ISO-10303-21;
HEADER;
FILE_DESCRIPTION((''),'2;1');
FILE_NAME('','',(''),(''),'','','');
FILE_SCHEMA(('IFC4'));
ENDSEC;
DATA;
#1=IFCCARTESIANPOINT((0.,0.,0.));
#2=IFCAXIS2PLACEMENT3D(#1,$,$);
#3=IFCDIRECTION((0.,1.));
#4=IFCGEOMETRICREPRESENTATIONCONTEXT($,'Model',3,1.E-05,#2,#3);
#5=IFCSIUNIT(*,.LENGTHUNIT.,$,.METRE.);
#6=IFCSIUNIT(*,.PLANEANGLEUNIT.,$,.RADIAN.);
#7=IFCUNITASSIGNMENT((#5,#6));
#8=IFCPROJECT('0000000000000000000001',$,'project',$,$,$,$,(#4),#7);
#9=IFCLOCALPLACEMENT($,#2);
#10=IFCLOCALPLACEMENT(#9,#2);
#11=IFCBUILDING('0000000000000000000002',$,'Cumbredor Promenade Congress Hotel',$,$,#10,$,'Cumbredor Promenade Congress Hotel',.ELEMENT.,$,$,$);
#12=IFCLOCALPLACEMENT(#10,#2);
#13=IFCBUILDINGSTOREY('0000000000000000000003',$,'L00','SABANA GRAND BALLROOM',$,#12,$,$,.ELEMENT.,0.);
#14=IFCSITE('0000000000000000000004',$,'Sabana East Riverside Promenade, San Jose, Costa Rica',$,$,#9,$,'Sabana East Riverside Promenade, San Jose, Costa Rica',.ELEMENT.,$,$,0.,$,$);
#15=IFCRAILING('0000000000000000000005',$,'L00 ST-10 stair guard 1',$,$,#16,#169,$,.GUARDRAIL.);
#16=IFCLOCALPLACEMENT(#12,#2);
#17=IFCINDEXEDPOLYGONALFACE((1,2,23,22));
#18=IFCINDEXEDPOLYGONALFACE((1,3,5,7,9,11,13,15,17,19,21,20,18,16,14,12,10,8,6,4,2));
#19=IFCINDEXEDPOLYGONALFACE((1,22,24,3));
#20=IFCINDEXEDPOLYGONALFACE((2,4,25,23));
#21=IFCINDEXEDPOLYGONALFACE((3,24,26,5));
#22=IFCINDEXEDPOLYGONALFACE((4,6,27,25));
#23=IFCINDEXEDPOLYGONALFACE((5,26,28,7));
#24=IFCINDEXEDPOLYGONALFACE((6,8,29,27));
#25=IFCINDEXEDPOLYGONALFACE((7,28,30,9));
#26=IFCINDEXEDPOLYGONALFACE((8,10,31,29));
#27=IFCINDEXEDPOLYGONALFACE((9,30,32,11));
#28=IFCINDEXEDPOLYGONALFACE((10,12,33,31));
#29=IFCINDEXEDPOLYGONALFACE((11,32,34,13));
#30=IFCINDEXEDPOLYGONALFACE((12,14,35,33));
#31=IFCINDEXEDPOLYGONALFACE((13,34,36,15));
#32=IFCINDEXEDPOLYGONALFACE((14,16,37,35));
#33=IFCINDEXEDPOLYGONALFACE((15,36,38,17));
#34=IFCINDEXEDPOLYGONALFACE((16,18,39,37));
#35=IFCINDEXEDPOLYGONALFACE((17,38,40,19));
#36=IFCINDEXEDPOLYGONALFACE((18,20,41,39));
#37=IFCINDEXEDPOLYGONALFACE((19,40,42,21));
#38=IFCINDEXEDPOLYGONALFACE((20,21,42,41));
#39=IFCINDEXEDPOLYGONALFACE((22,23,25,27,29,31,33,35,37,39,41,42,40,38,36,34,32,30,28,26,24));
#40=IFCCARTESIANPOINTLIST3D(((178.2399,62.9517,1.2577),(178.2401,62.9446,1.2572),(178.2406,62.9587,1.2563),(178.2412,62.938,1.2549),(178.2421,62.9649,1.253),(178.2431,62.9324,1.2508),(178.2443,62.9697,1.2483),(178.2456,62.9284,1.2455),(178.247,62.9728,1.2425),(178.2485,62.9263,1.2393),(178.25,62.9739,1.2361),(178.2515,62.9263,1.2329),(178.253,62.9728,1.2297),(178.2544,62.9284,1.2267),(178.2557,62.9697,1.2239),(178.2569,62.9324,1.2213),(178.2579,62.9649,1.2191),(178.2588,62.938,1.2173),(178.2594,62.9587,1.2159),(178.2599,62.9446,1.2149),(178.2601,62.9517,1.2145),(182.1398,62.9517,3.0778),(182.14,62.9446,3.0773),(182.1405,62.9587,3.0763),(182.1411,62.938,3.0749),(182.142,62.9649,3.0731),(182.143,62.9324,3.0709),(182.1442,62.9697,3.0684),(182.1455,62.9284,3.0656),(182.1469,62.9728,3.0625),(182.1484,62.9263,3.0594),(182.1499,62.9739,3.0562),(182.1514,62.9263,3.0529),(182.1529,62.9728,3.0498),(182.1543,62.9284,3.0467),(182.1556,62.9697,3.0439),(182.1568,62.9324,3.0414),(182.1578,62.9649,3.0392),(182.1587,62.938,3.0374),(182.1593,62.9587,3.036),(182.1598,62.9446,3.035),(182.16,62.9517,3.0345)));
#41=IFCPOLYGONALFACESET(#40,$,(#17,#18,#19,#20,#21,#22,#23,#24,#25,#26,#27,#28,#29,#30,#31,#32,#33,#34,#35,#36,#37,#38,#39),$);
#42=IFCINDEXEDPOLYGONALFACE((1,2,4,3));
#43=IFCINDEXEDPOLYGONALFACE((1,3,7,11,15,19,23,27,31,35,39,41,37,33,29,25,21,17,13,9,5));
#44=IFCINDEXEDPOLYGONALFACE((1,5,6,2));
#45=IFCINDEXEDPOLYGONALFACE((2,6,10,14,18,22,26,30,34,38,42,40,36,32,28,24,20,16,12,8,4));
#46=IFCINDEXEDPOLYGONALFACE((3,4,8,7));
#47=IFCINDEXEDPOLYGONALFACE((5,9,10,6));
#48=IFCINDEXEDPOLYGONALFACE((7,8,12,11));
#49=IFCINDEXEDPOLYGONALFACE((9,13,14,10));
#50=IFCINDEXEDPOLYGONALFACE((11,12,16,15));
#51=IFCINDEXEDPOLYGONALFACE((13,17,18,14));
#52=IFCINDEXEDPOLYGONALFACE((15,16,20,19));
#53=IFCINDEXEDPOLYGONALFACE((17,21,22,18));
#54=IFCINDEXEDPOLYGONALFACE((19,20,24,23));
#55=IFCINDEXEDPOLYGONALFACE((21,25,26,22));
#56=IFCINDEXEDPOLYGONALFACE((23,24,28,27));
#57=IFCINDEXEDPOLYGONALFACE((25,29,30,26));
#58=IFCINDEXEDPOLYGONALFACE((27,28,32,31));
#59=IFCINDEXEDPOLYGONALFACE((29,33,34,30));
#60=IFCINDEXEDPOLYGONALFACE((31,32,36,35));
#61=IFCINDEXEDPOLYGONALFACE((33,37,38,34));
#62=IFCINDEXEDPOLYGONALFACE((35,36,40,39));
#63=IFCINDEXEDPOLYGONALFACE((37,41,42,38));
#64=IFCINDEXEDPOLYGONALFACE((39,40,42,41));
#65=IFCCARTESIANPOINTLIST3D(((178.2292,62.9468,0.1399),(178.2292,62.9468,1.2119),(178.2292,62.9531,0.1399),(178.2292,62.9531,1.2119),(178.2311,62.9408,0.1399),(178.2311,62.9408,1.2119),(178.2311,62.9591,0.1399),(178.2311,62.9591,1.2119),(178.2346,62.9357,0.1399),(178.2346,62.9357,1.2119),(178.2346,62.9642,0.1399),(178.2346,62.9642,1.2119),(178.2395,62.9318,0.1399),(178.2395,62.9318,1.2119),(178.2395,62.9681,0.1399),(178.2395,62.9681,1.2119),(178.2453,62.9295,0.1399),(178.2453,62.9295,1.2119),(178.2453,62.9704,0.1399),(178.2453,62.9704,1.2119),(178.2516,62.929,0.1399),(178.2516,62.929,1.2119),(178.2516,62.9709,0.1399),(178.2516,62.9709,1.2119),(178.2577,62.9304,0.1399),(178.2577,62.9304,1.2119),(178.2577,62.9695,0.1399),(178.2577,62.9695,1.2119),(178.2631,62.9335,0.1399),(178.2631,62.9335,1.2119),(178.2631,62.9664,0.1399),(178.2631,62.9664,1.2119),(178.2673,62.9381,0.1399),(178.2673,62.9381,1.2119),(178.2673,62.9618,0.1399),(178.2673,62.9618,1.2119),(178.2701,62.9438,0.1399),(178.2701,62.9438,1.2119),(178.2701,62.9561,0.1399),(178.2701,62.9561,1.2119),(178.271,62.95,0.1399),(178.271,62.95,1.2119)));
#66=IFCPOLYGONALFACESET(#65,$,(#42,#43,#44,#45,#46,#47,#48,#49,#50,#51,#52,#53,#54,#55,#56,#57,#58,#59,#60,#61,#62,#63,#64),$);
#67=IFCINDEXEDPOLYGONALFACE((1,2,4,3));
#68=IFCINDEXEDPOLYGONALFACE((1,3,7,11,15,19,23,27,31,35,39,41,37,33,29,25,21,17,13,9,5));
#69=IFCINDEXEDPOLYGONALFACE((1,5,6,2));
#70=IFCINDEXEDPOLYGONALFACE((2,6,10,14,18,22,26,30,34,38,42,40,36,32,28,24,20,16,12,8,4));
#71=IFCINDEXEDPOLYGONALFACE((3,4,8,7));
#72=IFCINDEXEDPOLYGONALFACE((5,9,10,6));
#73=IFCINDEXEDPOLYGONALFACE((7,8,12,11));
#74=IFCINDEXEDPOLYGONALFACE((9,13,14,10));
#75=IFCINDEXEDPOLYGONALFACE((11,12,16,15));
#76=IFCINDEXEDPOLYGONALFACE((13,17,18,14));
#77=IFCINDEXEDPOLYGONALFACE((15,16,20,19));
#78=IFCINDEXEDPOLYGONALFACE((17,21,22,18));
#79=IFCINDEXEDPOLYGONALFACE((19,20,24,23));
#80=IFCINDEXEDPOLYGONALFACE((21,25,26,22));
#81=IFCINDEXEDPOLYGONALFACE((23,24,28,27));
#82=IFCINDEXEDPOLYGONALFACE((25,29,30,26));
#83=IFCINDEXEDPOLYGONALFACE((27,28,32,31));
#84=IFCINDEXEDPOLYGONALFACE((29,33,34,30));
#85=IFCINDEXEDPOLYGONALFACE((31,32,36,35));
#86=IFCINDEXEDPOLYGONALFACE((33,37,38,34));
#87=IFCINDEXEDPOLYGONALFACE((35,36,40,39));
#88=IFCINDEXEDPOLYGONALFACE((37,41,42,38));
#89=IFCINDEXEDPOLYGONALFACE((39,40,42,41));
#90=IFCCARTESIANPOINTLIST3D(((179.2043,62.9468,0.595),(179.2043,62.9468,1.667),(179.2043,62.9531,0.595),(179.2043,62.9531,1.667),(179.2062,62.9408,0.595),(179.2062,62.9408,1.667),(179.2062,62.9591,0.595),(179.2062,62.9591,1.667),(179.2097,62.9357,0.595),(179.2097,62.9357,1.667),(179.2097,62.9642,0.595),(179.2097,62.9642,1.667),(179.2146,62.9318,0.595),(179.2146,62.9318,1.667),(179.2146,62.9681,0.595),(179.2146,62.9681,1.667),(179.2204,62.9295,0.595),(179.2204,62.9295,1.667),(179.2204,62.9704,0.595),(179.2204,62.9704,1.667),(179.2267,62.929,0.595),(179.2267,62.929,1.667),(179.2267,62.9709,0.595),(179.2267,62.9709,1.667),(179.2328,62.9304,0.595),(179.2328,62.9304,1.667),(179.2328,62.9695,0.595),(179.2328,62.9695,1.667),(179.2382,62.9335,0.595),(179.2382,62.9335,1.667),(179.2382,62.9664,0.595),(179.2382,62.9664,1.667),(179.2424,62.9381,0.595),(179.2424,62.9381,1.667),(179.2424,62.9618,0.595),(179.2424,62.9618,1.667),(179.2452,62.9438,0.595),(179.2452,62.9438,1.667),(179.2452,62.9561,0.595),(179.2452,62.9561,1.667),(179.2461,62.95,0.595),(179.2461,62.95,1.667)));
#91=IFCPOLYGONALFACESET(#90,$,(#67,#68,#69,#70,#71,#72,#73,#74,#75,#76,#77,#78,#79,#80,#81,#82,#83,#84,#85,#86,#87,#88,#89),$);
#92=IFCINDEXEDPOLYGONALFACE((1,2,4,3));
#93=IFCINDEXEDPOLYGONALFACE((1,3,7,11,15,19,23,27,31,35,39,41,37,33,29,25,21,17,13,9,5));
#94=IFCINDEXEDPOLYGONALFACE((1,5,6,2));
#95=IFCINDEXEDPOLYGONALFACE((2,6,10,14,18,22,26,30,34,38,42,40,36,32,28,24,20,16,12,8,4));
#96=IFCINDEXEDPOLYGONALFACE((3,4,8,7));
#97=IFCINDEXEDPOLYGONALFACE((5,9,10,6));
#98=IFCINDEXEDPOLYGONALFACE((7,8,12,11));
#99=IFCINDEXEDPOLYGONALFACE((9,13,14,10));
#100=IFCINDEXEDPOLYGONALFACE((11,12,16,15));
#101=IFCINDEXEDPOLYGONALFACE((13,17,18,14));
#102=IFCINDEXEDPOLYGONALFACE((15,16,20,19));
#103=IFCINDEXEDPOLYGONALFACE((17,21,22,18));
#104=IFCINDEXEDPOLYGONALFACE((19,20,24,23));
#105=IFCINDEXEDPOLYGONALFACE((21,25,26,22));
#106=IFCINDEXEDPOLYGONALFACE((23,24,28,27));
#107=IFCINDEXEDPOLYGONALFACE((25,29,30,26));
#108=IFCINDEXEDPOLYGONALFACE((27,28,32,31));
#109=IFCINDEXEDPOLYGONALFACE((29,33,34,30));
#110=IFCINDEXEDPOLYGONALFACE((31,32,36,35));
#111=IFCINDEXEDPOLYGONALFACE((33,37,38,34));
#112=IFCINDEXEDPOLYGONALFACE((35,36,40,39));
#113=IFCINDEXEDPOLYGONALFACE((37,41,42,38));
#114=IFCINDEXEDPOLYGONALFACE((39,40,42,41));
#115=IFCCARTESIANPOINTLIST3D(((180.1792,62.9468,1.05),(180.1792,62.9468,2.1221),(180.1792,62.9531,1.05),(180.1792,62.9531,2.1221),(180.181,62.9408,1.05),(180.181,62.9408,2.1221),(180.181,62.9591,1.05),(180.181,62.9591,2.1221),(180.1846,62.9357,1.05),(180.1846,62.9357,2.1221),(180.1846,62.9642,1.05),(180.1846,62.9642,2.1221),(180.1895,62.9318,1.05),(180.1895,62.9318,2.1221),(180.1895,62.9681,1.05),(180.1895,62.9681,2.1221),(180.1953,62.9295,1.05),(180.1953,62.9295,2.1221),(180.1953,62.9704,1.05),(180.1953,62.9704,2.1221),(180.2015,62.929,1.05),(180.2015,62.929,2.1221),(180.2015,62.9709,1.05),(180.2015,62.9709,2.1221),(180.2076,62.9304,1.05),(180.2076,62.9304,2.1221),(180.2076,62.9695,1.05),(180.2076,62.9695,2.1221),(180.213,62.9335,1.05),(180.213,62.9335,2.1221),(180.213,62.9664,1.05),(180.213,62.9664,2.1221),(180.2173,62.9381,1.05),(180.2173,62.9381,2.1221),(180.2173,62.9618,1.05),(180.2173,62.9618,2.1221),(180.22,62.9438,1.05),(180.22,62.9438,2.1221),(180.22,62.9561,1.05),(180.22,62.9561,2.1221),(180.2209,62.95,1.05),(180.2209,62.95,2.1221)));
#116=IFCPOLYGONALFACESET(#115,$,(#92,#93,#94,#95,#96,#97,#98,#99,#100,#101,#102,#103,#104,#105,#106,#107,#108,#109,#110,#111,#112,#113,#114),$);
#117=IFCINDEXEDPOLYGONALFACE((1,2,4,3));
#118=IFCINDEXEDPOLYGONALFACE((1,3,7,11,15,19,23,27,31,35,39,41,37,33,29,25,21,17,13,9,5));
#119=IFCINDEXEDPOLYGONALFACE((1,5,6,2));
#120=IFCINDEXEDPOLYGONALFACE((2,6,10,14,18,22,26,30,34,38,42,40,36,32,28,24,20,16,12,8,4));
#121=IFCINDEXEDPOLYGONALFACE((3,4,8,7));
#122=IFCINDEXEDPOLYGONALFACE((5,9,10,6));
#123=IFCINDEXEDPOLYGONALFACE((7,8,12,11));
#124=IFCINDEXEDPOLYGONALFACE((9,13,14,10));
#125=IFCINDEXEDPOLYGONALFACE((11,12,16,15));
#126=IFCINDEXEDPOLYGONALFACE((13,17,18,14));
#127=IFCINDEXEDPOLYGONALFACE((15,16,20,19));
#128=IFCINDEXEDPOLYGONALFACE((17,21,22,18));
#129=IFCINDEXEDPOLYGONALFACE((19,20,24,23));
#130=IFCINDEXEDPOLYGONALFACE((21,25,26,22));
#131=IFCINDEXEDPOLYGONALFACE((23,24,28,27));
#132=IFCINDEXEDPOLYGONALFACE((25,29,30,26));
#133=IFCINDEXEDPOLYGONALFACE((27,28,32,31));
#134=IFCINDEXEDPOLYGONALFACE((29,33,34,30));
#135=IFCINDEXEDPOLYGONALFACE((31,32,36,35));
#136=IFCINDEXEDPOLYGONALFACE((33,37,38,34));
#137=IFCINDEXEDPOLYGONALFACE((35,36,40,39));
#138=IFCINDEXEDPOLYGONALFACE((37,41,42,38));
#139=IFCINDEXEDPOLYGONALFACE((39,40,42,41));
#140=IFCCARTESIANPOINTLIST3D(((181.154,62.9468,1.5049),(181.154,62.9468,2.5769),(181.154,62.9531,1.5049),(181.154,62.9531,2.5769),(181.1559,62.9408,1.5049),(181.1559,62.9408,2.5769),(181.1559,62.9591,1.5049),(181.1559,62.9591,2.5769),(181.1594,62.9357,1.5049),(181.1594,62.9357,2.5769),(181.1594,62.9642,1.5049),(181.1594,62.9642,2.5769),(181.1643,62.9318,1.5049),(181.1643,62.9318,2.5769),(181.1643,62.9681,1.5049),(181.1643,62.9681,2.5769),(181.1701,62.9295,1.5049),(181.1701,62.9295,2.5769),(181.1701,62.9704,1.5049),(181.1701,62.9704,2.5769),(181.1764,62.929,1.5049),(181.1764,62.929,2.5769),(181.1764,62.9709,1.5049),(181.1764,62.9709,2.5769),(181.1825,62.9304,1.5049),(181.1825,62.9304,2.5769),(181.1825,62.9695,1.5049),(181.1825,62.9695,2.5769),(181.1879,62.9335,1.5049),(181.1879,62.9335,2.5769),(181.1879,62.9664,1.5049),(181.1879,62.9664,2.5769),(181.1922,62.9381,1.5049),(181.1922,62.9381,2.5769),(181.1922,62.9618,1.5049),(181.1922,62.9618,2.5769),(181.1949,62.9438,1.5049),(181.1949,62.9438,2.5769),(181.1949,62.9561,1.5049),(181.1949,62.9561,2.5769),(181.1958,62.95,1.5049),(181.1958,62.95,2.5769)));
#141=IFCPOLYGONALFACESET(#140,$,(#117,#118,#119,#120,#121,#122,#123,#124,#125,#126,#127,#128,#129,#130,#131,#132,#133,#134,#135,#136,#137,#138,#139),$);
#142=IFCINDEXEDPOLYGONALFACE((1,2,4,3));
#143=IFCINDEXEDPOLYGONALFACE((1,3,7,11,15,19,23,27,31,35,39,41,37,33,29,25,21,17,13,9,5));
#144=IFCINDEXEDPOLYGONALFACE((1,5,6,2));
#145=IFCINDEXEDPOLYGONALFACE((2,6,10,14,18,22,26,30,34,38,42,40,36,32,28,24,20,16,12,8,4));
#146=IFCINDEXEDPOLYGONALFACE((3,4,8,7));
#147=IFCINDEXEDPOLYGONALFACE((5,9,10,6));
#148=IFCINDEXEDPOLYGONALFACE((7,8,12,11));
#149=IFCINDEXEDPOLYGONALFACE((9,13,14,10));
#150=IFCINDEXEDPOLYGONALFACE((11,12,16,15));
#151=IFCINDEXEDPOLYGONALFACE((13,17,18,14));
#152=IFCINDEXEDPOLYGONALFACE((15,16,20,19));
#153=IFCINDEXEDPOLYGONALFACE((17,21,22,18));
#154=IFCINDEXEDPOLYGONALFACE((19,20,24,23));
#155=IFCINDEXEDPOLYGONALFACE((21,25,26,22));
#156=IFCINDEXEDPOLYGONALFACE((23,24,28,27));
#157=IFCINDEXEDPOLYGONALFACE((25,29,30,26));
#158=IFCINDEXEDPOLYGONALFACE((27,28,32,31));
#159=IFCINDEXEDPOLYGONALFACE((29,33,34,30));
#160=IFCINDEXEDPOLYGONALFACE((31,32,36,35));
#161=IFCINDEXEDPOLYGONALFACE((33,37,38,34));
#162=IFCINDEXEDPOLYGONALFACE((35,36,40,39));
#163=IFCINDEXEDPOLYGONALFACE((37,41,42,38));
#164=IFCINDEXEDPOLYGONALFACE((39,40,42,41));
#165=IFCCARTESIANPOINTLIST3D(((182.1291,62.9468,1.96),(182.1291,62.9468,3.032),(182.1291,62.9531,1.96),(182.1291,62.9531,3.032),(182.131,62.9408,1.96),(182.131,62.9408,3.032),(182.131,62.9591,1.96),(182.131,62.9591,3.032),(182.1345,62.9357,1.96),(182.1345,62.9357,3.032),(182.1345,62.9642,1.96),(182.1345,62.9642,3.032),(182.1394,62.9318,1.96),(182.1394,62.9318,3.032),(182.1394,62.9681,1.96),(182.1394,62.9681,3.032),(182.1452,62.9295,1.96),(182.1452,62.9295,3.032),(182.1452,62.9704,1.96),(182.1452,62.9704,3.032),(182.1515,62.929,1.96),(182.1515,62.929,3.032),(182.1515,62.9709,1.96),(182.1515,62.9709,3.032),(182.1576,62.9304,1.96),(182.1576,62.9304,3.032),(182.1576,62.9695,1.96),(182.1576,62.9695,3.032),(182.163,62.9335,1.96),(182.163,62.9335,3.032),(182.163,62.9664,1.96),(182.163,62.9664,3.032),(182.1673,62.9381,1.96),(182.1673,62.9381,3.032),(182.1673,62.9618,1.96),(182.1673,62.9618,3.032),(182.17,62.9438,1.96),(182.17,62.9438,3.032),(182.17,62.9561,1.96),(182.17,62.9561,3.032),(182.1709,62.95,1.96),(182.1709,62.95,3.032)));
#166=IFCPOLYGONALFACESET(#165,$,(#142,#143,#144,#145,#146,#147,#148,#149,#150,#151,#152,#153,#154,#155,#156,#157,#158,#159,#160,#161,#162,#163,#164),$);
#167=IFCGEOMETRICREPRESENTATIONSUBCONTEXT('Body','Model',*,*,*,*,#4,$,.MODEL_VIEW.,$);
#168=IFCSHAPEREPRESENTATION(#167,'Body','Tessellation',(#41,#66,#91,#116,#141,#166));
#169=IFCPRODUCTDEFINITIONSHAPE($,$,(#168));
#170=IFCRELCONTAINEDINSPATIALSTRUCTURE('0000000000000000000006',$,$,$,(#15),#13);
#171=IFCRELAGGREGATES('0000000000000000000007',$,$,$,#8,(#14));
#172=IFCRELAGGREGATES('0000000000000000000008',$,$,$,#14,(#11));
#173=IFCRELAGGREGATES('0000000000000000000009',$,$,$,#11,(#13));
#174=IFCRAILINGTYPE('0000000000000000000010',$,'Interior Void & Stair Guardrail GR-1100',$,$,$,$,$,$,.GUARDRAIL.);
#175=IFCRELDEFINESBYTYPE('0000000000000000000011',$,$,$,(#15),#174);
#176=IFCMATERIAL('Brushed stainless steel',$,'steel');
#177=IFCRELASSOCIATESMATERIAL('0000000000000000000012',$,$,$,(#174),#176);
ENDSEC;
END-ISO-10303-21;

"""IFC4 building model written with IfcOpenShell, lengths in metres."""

from ifc_helpers import new_model, si_unit, direction, frame, origin, origin_2d, place, context, subcontext, project, spatial, circle, extrude, material, type_object, element, save


model = new_model("IFC4")

# Units and contexts
model_context = context("Model", 3, precision=1e-05, world=origin(), true_north=direction((0.0, 1.0)))
body_context = subcontext(model_context, "Body", "Model", "MODEL_VIEW")
ifc_project = project(units=[si_unit("LENGTHUNIT", "METRE"), si_unit("PLANEANGLEUNIT", "RADIAN")], contexts=[model_context])

# Site, building, storey
site_placement = place(None, origin())
site = spatial("IfcSite", under=ifc_project, at=site_placement, Name="Sabana East Riverside Promenade, San Jose, Costa Rica", LongName="Sabana East Riverside Promenade, San Jose, Costa Rica", CompositionType="ELEMENT", RefElevation=0.0)
building_placement = place(site_placement, origin())
building = spatial("IfcBuilding", under=site, at=building_placement, Name="Cumbredor Promenade Congress Hotel", LongName="Cumbredor Promenade Congress Hotel", CompositionType="ELEMENT")
storey_placement = place(building_placement, origin())
storey = spatial("IfcBuildingStorey", under=building, at=storey_placement, Name="L00", Description="SABANA GRAND BALLROOM", CompositionType="ELEMENT", Elevation=0.0)

# Railing
ifc_material_1 = material(Name="Brushed stainless steel", Category="steel")
railing_type_1 = type_object("IfcRailingType", Name="Interior Void & Stair Guardrail GR-1100", PredefinedType="GUARDRAIL", material=ifc_material_1)
railing_1_placement = place(storey_placement, frame((178.25, 62.95, 0.1399)))
element("IfcRailing", 1, at=railing_1_placement, inside=storey, type_object=railing_type_1, Name="L00 ST-10 stair guard 1", PredefinedType="GUARDRAIL", context=body_context, shape_type="SweptSolid", body=[
    extrude(circle(Radius=0.0239, at=origin_2d()), frame((0.0, 0.0, 1.0962), z_axis=(0.906173, 0.0, 0.422907), x_axis=(0.0, 1.0, 0.0)), (0.0, 0.0, 1.0), 4.3037),
    extrude(circle(Radius=0.021, at=origin_2d()), origin(), (0.0, 0.0, 1.0), 1.072),
    extrude(circle(Radius=0.021, at=origin_2d()), frame((0.9751, 0.0, 0.4551)), (0.0, 0.0, 1.0), 1.072),
    extrude(circle(Radius=0.021, at=origin_2d()), frame((1.95, 0.0, 0.9102)), (0.0, 0.0, 1.0), 1.072),
    extrude(circle(Radius=0.021, at=origin_2d()), frame((2.9248, 0.0, 1.365)), (0.0, 0.0, 1.0), 1.072),
    extrude(circle(Radius=0.021, at=origin_2d()), frame((3.8999, 0.0, 1.8201)), (0.0, 0.0, 1.0), 1.072),
])

save(model, "model.ifc")
